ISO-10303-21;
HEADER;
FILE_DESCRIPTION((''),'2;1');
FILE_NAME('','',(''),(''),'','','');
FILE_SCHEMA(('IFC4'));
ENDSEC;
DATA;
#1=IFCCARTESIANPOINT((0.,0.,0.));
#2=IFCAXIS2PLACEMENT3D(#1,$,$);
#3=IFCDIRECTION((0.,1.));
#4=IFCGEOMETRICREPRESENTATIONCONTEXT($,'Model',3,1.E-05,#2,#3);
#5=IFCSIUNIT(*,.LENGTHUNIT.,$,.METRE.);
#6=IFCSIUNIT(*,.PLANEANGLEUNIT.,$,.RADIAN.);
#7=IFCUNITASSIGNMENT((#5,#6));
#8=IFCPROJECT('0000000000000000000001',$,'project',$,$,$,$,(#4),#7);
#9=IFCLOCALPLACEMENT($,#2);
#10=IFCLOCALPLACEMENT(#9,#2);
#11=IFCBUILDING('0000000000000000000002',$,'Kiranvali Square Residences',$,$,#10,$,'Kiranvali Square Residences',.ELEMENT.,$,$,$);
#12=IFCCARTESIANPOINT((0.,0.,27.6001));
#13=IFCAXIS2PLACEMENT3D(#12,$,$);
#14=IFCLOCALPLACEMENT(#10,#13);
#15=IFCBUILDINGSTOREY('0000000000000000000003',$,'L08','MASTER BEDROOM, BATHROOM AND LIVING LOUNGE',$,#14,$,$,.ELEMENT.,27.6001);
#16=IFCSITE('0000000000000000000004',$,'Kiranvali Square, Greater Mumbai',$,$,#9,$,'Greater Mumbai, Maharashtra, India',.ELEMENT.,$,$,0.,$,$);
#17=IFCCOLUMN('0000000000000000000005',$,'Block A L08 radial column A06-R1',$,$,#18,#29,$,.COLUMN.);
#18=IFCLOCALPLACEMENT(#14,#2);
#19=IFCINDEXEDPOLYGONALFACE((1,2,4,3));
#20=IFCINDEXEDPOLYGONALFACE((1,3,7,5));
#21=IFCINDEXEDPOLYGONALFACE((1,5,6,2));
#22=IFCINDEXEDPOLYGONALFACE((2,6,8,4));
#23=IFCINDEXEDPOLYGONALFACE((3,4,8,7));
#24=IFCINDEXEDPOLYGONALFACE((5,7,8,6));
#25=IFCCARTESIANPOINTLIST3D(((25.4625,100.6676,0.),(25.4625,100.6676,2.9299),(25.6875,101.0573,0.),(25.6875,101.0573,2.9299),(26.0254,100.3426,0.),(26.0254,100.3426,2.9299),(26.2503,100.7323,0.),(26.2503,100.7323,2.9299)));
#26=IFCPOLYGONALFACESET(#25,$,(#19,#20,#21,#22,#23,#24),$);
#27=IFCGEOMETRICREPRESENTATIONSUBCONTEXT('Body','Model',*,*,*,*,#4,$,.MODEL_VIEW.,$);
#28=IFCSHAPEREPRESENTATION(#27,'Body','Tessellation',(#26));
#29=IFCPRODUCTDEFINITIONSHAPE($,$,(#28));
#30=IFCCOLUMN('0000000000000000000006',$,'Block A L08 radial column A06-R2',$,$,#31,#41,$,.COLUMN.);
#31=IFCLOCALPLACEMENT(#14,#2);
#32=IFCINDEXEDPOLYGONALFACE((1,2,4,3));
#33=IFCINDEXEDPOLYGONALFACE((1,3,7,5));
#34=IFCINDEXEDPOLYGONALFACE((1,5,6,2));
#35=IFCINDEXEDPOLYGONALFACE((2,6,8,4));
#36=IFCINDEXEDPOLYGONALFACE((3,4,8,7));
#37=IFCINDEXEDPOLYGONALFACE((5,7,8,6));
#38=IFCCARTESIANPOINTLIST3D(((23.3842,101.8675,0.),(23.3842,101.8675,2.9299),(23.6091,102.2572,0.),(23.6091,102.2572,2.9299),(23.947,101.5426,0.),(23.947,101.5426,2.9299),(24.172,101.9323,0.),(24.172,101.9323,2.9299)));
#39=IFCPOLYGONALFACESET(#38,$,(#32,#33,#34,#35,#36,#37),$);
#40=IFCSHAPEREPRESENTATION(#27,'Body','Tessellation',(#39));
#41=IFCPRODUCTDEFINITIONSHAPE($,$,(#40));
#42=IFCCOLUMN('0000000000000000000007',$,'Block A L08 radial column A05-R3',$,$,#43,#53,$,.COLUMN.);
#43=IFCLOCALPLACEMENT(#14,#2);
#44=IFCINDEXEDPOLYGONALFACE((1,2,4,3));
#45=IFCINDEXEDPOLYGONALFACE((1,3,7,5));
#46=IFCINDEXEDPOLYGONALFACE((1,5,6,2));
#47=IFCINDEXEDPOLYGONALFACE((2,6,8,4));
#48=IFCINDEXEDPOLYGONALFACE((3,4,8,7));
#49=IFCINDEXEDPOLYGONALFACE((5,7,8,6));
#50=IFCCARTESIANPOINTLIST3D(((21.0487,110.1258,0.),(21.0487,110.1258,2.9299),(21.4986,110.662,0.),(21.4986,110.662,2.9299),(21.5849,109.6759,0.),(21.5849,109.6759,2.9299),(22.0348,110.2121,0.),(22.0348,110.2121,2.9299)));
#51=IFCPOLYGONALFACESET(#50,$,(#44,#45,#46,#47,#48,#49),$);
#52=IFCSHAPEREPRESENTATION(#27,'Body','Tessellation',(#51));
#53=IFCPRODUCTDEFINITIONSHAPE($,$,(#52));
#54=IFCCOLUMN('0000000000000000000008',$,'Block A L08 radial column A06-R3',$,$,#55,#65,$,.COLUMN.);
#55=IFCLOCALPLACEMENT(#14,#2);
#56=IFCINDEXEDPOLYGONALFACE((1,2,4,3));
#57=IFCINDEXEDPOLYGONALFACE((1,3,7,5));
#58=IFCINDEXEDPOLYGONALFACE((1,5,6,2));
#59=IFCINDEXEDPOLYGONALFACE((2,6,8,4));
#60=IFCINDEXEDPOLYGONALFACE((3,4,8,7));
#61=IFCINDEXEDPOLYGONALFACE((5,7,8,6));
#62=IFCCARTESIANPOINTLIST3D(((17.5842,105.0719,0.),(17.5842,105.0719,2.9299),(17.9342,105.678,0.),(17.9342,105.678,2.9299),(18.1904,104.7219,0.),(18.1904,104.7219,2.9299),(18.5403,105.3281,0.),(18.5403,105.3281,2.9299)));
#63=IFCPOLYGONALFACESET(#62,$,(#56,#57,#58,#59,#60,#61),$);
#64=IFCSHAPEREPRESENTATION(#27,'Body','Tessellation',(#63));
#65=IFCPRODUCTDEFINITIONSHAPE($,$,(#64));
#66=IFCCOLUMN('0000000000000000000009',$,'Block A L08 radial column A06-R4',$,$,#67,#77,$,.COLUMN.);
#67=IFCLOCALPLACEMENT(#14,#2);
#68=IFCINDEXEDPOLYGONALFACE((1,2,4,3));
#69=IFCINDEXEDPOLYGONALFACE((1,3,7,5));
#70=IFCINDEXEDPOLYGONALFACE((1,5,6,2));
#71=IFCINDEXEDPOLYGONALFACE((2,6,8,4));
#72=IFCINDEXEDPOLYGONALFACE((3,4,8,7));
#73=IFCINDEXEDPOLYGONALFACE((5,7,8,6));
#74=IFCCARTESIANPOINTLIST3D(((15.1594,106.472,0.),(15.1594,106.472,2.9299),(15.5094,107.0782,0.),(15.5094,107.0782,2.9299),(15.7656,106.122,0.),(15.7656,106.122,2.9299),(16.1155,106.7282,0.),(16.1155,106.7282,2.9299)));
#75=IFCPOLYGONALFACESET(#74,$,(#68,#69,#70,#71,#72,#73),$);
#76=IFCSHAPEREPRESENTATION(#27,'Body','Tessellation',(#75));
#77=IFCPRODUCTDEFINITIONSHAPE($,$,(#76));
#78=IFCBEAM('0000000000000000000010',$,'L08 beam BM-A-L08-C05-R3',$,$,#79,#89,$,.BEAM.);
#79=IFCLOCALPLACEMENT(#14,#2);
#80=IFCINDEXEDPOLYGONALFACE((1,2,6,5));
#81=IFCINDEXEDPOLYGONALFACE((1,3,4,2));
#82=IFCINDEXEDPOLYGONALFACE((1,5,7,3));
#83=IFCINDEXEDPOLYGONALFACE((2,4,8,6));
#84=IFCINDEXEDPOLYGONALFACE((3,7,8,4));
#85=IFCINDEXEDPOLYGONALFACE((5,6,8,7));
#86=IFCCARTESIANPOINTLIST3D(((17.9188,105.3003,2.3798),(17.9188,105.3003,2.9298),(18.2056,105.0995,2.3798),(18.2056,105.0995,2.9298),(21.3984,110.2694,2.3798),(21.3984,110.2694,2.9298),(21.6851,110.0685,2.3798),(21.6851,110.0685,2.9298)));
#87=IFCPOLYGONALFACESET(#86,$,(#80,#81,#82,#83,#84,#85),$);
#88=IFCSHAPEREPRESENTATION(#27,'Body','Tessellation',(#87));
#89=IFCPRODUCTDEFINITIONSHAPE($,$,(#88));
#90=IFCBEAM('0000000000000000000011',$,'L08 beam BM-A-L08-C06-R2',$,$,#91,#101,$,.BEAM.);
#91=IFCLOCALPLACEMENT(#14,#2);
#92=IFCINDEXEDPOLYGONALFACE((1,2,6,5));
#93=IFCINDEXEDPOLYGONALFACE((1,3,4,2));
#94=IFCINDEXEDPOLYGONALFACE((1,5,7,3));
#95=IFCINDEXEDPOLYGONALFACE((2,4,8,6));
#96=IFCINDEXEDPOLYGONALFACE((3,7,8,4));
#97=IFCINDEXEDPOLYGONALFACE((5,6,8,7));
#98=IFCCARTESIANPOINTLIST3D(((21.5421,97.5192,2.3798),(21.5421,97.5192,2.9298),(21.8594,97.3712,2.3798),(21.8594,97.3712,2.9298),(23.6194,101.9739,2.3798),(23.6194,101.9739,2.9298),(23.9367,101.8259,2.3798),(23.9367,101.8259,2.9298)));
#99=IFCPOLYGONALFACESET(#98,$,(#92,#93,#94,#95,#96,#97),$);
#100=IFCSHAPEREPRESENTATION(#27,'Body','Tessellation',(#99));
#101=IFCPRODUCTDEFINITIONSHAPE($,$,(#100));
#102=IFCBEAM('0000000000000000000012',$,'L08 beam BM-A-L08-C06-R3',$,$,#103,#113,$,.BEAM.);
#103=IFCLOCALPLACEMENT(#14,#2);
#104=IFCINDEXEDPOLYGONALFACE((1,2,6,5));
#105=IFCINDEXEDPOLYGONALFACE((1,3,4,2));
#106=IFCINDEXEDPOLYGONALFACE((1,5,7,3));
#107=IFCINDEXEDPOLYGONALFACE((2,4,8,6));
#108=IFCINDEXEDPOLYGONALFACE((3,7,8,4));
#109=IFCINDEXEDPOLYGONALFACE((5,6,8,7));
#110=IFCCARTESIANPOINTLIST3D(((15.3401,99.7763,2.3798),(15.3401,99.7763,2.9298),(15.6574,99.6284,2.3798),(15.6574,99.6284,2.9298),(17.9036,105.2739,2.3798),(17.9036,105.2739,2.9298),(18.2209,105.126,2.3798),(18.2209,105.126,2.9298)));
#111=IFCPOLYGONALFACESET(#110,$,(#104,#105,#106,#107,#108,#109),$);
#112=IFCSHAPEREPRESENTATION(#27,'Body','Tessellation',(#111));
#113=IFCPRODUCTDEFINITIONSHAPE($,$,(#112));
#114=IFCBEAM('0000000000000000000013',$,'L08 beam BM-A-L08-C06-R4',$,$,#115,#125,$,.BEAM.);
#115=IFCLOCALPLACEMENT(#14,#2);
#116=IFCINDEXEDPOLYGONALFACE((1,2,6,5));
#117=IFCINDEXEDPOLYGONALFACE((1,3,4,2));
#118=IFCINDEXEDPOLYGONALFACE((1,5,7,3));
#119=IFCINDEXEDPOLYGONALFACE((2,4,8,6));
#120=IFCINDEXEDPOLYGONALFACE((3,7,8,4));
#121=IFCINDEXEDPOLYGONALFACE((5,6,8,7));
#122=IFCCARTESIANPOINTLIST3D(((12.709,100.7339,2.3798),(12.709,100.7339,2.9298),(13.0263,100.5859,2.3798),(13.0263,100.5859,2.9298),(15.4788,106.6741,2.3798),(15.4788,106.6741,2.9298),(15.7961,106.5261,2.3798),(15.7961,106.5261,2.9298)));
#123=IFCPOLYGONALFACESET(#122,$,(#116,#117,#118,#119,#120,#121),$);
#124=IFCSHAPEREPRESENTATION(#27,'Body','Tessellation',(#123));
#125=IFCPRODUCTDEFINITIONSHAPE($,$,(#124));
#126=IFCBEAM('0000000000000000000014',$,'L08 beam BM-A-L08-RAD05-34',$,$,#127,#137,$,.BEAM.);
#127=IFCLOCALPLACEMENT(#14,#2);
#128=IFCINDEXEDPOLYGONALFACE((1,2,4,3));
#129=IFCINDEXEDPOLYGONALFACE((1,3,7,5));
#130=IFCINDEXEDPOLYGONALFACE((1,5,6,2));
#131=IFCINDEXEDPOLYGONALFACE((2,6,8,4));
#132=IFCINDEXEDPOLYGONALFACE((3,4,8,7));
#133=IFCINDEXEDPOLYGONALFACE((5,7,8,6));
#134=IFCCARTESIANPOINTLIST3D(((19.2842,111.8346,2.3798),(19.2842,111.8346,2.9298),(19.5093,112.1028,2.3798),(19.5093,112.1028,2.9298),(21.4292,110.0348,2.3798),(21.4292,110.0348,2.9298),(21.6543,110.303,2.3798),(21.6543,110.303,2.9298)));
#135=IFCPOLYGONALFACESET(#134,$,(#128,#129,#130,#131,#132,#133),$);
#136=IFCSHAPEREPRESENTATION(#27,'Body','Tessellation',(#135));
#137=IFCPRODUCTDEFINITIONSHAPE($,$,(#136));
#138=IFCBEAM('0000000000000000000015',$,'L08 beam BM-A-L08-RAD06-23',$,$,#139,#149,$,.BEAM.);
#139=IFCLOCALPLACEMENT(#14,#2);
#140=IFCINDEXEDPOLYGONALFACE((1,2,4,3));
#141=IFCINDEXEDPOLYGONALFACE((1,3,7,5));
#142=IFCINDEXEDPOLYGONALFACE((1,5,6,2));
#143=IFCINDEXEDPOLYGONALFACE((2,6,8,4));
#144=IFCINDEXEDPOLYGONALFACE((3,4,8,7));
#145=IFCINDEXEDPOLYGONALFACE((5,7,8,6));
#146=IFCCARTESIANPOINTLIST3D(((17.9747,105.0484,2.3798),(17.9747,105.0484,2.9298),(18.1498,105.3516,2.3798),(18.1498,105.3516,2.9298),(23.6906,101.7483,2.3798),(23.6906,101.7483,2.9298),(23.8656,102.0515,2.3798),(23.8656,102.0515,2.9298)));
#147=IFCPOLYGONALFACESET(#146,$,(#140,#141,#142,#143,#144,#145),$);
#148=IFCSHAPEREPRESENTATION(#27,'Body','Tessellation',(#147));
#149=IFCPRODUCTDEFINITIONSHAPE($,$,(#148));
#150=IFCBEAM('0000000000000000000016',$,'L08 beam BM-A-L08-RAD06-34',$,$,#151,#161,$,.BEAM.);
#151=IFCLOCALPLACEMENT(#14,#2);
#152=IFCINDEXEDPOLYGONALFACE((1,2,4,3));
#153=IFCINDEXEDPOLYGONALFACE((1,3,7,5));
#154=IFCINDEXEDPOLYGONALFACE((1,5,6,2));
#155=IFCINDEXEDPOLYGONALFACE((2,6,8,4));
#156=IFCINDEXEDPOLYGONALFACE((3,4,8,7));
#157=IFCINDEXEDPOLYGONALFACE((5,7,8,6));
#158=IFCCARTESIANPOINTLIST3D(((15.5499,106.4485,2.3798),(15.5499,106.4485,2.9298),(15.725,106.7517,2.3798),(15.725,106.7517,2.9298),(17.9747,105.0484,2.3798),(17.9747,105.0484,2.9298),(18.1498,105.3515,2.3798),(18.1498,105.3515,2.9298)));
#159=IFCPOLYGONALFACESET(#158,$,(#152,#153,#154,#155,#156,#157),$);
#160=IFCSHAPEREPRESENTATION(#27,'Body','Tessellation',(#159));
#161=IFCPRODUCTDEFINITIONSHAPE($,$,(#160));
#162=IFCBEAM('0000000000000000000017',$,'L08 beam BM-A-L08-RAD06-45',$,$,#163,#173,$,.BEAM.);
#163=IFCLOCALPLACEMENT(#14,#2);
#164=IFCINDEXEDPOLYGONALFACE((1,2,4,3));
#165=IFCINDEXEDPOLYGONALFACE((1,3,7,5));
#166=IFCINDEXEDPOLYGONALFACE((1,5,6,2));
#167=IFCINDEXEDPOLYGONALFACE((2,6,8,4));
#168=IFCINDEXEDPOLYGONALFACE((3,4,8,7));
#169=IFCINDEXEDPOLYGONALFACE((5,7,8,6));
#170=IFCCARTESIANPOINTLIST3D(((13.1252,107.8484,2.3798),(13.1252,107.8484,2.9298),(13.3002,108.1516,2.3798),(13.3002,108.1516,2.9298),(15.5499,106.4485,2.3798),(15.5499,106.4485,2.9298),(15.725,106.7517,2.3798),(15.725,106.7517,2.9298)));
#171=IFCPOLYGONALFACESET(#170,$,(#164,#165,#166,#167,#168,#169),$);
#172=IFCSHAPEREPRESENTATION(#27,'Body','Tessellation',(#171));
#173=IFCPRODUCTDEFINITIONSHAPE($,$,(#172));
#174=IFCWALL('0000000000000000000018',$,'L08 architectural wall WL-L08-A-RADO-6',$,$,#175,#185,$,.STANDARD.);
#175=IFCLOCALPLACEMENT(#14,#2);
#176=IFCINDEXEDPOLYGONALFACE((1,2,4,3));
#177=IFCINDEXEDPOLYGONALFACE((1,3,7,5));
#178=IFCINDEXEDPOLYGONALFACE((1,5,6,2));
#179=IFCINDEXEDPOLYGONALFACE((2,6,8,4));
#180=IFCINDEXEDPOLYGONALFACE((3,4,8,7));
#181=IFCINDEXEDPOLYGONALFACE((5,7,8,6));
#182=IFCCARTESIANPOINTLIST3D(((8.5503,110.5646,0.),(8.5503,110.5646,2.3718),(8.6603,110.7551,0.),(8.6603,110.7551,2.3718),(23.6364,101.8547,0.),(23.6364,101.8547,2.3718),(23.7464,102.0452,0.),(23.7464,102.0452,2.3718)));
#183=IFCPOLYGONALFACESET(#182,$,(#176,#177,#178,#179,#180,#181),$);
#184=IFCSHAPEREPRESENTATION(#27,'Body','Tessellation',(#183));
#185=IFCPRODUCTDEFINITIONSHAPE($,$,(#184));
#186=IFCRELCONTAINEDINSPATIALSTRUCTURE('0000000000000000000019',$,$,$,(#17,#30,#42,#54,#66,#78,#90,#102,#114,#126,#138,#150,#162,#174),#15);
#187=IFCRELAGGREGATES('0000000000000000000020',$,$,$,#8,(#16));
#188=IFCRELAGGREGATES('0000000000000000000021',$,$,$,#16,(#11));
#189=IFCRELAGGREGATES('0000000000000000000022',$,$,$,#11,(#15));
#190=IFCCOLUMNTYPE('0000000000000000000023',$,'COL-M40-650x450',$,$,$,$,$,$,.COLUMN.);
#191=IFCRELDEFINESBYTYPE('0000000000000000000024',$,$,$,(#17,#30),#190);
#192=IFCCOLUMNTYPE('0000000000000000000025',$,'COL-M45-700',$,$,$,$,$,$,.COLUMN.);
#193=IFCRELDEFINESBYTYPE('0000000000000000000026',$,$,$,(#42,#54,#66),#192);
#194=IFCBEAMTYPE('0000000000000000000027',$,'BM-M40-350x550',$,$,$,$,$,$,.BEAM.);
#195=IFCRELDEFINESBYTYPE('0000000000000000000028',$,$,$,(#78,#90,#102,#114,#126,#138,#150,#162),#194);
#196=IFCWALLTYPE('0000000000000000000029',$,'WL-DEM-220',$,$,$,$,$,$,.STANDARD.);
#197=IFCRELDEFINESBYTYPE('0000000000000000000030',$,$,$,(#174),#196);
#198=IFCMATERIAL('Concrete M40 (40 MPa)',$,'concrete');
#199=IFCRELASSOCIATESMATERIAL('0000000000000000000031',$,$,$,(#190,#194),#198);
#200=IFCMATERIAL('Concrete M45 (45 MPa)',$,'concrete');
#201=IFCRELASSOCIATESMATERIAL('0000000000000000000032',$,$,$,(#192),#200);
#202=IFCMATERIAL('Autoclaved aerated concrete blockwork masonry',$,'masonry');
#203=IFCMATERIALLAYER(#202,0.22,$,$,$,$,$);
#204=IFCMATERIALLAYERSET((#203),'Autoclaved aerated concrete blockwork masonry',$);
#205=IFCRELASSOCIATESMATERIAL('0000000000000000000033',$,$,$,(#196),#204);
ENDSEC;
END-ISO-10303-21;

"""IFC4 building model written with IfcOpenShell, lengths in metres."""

from ifc_helpers import new_model, si_unit, direction, frame, frame_2d, origin, origin_2d, place, context, subcontext, project, spatial, rectangle, extrude, material, layer, layer_set, material_profile, profile_set, type_object, element, save


model = new_model("IFC4")

# Units and contexts
model_context = context("Model", 3, precision=1e-05, world=origin(), true_north=direction((0.0, 1.0)))
body_context = subcontext(model_context, "Body", "Model", "MODEL_VIEW")
ifc_project = project(units=[si_unit("LENGTHUNIT", "METRE"), si_unit("PLANEANGLEUNIT", "RADIAN")], contexts=[model_context])

# Site, building, storey
site_placement = place(None, origin())
site = spatial("IfcSite", under=ifc_project, at=site_placement, Name="Kiranvali Square, Greater Mumbai", LongName="Greater Mumbai, Maharashtra, India", CompositionType="ELEMENT", RefElevation=0.0)
building_placement = place(site_placement, origin())
building = spatial("IfcBuilding", under=site, at=building_placement, Name="Kiranvali Square Residences", LongName="Kiranvali Square Residences", CompositionType="ELEMENT")
storey_placement = place(building_placement, frame((0.0, 0.0, 27.6001)))
storey = spatial("IfcBuildingStorey", under=building, at=storey_placement, Name="L08", Description="MASTER BEDROOM, BATHROOM AND LIVING LOUNGE", CompositionType="ELEMENT", Elevation=27.6001)

# Columns
ifc_material_1 = material(Name="Concrete M40 (40 MPa)", Category="concrete")
ifc_material_profile_1 = material_profile(ifc_material_1, rectangle(XDim=0.45, YDim=0.6499, at=origin_2d()), Name="RC 650x450")
ifc_profile_set_1 = profile_set([ifc_material_profile_1], Name="Concrete M40 (40 MPa)")
column_type_1 = type_object("IfcColumnType", Name="COL-M40-650x450", PredefinedType="COLUMN", material=ifc_profile_set_1)
for number, where, z_axis, x_axis, name in (
    (1, (25.8564, 100.7, 0.0), (0.0, 0.0, 1.0), (0.5, 0.866025, 0.0), "Block A L08 radial column A06-R1"),
    (2, (23.7781, 101.8999, 0.0), (0.0, 0.0, 1.0), (0.5, 0.866025, 0.0), "Block A L08 radial column A06-R2"),
):
    element("IfcColumn", number, at=place(storey_placement, frame(where, z_axis=z_axis, x_axis=x_axis)), inside=storey, type_object=column_type_1, Name=name, PredefinedType="COLUMN", context=body_context, shape_type="SweptSolid", body=[
        extrude(rectangle(XDim=0.45, YDim=0.6499, at=origin_2d()), origin(), (0.0, 0.0, 1.0), 2.9299),
    ])
ifc_material_2 = material(Name="Concrete M45 (45 MPa)", Category="concrete")
ifc_material_profile_2 = material_profile(ifc_material_2, rectangle(XDim=0.7, YDim=0.7, at=origin_2d()), Name="RC 700x700")
ifc_profile_set_2 = profile_set([ifc_material_profile_2], Name="Concrete M45 (45 MPa)")
column_type_2 = type_object("IfcColumnType", Name="COL-M45-700", PredefinedType="COLUMN", material=ifc_profile_set_2)
for number, where, z_axis, x_axis, name in (
    (3, (21.5417, 110.1689, 0.0), (0.0, 0.0, 1.0), (0.642788, 0.766044, 0.0), "Block A L08 radial column A05-R3"),
    (4, (18.0623, 105.2, 0.0), (0.0, 0.0, 1.0), (0.5, 0.866025, 0.0), "Block A L08 radial column A06-R3"),
    (5, (15.6375, 106.6001, 0.0), (0.0, 0.0, 1.0), (0.5, 0.866025, 0.0), "Block A L08 radial column A06-R4"),
):
    element("IfcColumn", number, at=place(storey_placement, frame(where, z_axis=z_axis, x_axis=x_axis)), inside=storey, type_object=column_type_2, Name=name, PredefinedType="COLUMN", context=body_context, shape_type="SweptSolid", body=[
        extrude(rectangle(XDim=0.7, YDim=0.7, at=origin_2d()), origin(), (0.0, 0.0, 1.0), 2.9299),
    ])

# Beams
ifc_material_profile_3 = material_profile(ifc_material_1, rectangle(XDim=0.3501, YDim=0.55, at=origin_2d()), Name="RC 350x550")
ifc_profile_set_3 = profile_set([ifc_material_profile_3], Name="Concrete M40 (40 MPa)")
beam_type = type_object("IfcBeamType", Name="BM-M40-350x550", PredefinedType="BEAM", material=ifc_profile_set_3)
beam_1_placement = place(storey_placement, frame((21.5417, 110.1689, 2.6548), z_axis=(-0.573595, -0.819139, 0.0), x_axis=(0.819139, -0.573595, 0.0)))
element("IfcBeam", 6, at=beam_1_placement, inside=storey, type_object=beam_type, Name="L08 beam BM-A-L08-C05-R3", PredefinedType="BEAM", context=body_context, shape_type="SweptSolid", body=[
    extrude(rectangle(XDim=0.3501, YDim=0.55, at=origin_2d()), origin(), (0.0, 0.0, 1.0), 6.0662),
])
beam_2_placement = place(storey_placement, frame((23.7781, 101.8999, 2.6548), z_axis=(-0.42263, -0.906302, 0.0), x_axis=(0.906302, -0.42263, 0.0)))
element("IfcBeam", 7, at=beam_2_placement, inside=storey, type_object=beam_type, Name="L08 beam BM-A-L08-C06-R2", PredefinedType="BEAM", context=body_context, shape_type="SweptSolid", body=[
    extrude(rectangle(XDim=0.3501, YDim=0.55, at=origin_2d()), origin(), (0.0, 0.0, 1.0), 4.9153),
])
beam_3_placement = place(storey_placement, frame((18.0623, 105.2, 2.6548), z_axis=(-0.422608, -0.906313, 0.0), x_axis=(0.906313, -0.422608, 0.0)))
element("IfcBeam", 8, at=beam_3_placement, inside=storey, type_object=beam_type, Name="L08 beam BM-A-L08-C06-R3", PredefinedType="BEAM", context=body_context, shape_type="SweptSolid", body=[
    extrude(rectangle(XDim=0.3501, YDim=0.55, at=origin_2d()), origin(), (0.0, 0.0, 1.0), 6.0659),
])
beam_4_placement = place(storey_placement, frame((15.6375, 106.6001, 2.6548), z_axis=(-0.422596, -0.906318, 0.0), x_axis=(0.906318, -0.422596, 0.0)))
element("IfcBeam", 9, at=beam_4_placement, inside=storey, type_object=beam_type, Name="L08 beam BM-A-L08-C06-R4", PredefinedType="BEAM", context=body_context, shape_type="SweptSolid", body=[
    extrude(rectangle(XDim=0.3501, YDim=0.55, at=origin_2d()), origin(), (0.0, 0.0, 1.0), 6.5542),
])
beam_5_placement = place(storey_placement, frame((21.5417, 110.1689, 2.6548), z_axis=(-0.766059, 0.642771, 0.0), x_axis=(-0.642771, -0.766059, 0.0)))
element("IfcBeam", 10, at=beam_5_placement, inside=storey, type_object=beam_type, Name="L08 beam BM-A-L08-RAD05-34", PredefinedType="BEAM", context=body_context, shape_type="SweptSolid", body=[
    extrude(rectangle(XDim=0.3501, YDim=0.55, at=origin_2d()), origin(), (0.0, 0.0, 1.0), 2.8),
])
beam_6_placement = place(storey_placement, frame((23.7781, 101.8999, 2.6548), z_axis=(-0.866024, 0.500002, 0.0), x_axis=(-0.500002, -0.866024, 0.0)))
element("IfcBeam", 11, at=beam_6_placement, inside=storey, type_object=beam_type, Name="L08 beam BM-A-L08-RAD06-23", PredefinedType="BEAM", context=body_context, shape_type="SweptSolid", body=[
    extrude(rectangle(XDim=0.3501, YDim=0.55, at=origin_2d()), origin(), (0.0, 0.0, 1.0), 6.6001),
])
beam_7_placement = place(storey_placement, frame((18.0623, 105.2, 2.6548), z_axis=(-0.865997, 0.50005, 0.0), x_axis=(-0.50005, -0.865997, 0.0)))
element("IfcBeam", 12, at=beam_7_placement, inside=storey, type_object=beam_type, Name="L08 beam BM-A-L08-RAD06-34", PredefinedType="BEAM", context=body_context, shape_type="SweptSolid", body=[
    extrude(rectangle(XDim=0.3501, YDim=0.55, at=origin_2d()), origin(), (0.0, 0.0, 1.0), 2.8),
])
beam_8_placement = place(storey_placement, frame((15.6375, 106.6001, 2.6548), z_axis=(-0.866035, 0.499984, 0.0), x_axis=(-0.499984, -0.866035, 0.0)))
element("IfcBeam", 13, at=beam_8_placement, inside=storey, type_object=beam_type, Name="L08 beam BM-A-L08-RAD06-45", PredefinedType="BEAM", context=body_context, shape_type="SweptSolid", body=[
    extrude(rectangle(XDim=0.3501, YDim=0.55, at=origin_2d()), origin(), (0.0, 0.0, 1.0), 2.7998),
])

# Shared definitions
ifc_material_3 = material(Name="Autoclaved aerated concrete blockwork masonry", Category="masonry")

# Wall
ifc_layer_1 = layer(ifc_material_3, 0.22)
ifc_layer_set_1 = layer_set([ifc_layer_1], Name="Autoclaved aerated concrete blockwork masonry")
wall_type_1 = type_object("IfcWallType", Name="WL-DEM-220", PredefinedType="STANDARD", material=ifc_layer_set_1)
wall_1_placement = place(storey_placement, frame((23.6914, 101.95, 0.0), z_axis=(0.0, 0.0, 1.0), x_axis=(-0.866027, 0.499998, 0.0)))
element("IfcWall", 14, at=wall_1_placement, inside=storey, type_object=wall_type_1, Name="L08 architectural wall WL-L08-A-RADO-6", PredefinedType="STANDARD", context=body_context, shape_type="SweptSolid", body=[
    extrude(rectangle(XDim=17.4199, YDim=0.22, at=frame_2d((8.71, 0.0))), origin(), (0.0, 0.0, 1.0), 2.3718),
])

save(model, "model.ifc")
